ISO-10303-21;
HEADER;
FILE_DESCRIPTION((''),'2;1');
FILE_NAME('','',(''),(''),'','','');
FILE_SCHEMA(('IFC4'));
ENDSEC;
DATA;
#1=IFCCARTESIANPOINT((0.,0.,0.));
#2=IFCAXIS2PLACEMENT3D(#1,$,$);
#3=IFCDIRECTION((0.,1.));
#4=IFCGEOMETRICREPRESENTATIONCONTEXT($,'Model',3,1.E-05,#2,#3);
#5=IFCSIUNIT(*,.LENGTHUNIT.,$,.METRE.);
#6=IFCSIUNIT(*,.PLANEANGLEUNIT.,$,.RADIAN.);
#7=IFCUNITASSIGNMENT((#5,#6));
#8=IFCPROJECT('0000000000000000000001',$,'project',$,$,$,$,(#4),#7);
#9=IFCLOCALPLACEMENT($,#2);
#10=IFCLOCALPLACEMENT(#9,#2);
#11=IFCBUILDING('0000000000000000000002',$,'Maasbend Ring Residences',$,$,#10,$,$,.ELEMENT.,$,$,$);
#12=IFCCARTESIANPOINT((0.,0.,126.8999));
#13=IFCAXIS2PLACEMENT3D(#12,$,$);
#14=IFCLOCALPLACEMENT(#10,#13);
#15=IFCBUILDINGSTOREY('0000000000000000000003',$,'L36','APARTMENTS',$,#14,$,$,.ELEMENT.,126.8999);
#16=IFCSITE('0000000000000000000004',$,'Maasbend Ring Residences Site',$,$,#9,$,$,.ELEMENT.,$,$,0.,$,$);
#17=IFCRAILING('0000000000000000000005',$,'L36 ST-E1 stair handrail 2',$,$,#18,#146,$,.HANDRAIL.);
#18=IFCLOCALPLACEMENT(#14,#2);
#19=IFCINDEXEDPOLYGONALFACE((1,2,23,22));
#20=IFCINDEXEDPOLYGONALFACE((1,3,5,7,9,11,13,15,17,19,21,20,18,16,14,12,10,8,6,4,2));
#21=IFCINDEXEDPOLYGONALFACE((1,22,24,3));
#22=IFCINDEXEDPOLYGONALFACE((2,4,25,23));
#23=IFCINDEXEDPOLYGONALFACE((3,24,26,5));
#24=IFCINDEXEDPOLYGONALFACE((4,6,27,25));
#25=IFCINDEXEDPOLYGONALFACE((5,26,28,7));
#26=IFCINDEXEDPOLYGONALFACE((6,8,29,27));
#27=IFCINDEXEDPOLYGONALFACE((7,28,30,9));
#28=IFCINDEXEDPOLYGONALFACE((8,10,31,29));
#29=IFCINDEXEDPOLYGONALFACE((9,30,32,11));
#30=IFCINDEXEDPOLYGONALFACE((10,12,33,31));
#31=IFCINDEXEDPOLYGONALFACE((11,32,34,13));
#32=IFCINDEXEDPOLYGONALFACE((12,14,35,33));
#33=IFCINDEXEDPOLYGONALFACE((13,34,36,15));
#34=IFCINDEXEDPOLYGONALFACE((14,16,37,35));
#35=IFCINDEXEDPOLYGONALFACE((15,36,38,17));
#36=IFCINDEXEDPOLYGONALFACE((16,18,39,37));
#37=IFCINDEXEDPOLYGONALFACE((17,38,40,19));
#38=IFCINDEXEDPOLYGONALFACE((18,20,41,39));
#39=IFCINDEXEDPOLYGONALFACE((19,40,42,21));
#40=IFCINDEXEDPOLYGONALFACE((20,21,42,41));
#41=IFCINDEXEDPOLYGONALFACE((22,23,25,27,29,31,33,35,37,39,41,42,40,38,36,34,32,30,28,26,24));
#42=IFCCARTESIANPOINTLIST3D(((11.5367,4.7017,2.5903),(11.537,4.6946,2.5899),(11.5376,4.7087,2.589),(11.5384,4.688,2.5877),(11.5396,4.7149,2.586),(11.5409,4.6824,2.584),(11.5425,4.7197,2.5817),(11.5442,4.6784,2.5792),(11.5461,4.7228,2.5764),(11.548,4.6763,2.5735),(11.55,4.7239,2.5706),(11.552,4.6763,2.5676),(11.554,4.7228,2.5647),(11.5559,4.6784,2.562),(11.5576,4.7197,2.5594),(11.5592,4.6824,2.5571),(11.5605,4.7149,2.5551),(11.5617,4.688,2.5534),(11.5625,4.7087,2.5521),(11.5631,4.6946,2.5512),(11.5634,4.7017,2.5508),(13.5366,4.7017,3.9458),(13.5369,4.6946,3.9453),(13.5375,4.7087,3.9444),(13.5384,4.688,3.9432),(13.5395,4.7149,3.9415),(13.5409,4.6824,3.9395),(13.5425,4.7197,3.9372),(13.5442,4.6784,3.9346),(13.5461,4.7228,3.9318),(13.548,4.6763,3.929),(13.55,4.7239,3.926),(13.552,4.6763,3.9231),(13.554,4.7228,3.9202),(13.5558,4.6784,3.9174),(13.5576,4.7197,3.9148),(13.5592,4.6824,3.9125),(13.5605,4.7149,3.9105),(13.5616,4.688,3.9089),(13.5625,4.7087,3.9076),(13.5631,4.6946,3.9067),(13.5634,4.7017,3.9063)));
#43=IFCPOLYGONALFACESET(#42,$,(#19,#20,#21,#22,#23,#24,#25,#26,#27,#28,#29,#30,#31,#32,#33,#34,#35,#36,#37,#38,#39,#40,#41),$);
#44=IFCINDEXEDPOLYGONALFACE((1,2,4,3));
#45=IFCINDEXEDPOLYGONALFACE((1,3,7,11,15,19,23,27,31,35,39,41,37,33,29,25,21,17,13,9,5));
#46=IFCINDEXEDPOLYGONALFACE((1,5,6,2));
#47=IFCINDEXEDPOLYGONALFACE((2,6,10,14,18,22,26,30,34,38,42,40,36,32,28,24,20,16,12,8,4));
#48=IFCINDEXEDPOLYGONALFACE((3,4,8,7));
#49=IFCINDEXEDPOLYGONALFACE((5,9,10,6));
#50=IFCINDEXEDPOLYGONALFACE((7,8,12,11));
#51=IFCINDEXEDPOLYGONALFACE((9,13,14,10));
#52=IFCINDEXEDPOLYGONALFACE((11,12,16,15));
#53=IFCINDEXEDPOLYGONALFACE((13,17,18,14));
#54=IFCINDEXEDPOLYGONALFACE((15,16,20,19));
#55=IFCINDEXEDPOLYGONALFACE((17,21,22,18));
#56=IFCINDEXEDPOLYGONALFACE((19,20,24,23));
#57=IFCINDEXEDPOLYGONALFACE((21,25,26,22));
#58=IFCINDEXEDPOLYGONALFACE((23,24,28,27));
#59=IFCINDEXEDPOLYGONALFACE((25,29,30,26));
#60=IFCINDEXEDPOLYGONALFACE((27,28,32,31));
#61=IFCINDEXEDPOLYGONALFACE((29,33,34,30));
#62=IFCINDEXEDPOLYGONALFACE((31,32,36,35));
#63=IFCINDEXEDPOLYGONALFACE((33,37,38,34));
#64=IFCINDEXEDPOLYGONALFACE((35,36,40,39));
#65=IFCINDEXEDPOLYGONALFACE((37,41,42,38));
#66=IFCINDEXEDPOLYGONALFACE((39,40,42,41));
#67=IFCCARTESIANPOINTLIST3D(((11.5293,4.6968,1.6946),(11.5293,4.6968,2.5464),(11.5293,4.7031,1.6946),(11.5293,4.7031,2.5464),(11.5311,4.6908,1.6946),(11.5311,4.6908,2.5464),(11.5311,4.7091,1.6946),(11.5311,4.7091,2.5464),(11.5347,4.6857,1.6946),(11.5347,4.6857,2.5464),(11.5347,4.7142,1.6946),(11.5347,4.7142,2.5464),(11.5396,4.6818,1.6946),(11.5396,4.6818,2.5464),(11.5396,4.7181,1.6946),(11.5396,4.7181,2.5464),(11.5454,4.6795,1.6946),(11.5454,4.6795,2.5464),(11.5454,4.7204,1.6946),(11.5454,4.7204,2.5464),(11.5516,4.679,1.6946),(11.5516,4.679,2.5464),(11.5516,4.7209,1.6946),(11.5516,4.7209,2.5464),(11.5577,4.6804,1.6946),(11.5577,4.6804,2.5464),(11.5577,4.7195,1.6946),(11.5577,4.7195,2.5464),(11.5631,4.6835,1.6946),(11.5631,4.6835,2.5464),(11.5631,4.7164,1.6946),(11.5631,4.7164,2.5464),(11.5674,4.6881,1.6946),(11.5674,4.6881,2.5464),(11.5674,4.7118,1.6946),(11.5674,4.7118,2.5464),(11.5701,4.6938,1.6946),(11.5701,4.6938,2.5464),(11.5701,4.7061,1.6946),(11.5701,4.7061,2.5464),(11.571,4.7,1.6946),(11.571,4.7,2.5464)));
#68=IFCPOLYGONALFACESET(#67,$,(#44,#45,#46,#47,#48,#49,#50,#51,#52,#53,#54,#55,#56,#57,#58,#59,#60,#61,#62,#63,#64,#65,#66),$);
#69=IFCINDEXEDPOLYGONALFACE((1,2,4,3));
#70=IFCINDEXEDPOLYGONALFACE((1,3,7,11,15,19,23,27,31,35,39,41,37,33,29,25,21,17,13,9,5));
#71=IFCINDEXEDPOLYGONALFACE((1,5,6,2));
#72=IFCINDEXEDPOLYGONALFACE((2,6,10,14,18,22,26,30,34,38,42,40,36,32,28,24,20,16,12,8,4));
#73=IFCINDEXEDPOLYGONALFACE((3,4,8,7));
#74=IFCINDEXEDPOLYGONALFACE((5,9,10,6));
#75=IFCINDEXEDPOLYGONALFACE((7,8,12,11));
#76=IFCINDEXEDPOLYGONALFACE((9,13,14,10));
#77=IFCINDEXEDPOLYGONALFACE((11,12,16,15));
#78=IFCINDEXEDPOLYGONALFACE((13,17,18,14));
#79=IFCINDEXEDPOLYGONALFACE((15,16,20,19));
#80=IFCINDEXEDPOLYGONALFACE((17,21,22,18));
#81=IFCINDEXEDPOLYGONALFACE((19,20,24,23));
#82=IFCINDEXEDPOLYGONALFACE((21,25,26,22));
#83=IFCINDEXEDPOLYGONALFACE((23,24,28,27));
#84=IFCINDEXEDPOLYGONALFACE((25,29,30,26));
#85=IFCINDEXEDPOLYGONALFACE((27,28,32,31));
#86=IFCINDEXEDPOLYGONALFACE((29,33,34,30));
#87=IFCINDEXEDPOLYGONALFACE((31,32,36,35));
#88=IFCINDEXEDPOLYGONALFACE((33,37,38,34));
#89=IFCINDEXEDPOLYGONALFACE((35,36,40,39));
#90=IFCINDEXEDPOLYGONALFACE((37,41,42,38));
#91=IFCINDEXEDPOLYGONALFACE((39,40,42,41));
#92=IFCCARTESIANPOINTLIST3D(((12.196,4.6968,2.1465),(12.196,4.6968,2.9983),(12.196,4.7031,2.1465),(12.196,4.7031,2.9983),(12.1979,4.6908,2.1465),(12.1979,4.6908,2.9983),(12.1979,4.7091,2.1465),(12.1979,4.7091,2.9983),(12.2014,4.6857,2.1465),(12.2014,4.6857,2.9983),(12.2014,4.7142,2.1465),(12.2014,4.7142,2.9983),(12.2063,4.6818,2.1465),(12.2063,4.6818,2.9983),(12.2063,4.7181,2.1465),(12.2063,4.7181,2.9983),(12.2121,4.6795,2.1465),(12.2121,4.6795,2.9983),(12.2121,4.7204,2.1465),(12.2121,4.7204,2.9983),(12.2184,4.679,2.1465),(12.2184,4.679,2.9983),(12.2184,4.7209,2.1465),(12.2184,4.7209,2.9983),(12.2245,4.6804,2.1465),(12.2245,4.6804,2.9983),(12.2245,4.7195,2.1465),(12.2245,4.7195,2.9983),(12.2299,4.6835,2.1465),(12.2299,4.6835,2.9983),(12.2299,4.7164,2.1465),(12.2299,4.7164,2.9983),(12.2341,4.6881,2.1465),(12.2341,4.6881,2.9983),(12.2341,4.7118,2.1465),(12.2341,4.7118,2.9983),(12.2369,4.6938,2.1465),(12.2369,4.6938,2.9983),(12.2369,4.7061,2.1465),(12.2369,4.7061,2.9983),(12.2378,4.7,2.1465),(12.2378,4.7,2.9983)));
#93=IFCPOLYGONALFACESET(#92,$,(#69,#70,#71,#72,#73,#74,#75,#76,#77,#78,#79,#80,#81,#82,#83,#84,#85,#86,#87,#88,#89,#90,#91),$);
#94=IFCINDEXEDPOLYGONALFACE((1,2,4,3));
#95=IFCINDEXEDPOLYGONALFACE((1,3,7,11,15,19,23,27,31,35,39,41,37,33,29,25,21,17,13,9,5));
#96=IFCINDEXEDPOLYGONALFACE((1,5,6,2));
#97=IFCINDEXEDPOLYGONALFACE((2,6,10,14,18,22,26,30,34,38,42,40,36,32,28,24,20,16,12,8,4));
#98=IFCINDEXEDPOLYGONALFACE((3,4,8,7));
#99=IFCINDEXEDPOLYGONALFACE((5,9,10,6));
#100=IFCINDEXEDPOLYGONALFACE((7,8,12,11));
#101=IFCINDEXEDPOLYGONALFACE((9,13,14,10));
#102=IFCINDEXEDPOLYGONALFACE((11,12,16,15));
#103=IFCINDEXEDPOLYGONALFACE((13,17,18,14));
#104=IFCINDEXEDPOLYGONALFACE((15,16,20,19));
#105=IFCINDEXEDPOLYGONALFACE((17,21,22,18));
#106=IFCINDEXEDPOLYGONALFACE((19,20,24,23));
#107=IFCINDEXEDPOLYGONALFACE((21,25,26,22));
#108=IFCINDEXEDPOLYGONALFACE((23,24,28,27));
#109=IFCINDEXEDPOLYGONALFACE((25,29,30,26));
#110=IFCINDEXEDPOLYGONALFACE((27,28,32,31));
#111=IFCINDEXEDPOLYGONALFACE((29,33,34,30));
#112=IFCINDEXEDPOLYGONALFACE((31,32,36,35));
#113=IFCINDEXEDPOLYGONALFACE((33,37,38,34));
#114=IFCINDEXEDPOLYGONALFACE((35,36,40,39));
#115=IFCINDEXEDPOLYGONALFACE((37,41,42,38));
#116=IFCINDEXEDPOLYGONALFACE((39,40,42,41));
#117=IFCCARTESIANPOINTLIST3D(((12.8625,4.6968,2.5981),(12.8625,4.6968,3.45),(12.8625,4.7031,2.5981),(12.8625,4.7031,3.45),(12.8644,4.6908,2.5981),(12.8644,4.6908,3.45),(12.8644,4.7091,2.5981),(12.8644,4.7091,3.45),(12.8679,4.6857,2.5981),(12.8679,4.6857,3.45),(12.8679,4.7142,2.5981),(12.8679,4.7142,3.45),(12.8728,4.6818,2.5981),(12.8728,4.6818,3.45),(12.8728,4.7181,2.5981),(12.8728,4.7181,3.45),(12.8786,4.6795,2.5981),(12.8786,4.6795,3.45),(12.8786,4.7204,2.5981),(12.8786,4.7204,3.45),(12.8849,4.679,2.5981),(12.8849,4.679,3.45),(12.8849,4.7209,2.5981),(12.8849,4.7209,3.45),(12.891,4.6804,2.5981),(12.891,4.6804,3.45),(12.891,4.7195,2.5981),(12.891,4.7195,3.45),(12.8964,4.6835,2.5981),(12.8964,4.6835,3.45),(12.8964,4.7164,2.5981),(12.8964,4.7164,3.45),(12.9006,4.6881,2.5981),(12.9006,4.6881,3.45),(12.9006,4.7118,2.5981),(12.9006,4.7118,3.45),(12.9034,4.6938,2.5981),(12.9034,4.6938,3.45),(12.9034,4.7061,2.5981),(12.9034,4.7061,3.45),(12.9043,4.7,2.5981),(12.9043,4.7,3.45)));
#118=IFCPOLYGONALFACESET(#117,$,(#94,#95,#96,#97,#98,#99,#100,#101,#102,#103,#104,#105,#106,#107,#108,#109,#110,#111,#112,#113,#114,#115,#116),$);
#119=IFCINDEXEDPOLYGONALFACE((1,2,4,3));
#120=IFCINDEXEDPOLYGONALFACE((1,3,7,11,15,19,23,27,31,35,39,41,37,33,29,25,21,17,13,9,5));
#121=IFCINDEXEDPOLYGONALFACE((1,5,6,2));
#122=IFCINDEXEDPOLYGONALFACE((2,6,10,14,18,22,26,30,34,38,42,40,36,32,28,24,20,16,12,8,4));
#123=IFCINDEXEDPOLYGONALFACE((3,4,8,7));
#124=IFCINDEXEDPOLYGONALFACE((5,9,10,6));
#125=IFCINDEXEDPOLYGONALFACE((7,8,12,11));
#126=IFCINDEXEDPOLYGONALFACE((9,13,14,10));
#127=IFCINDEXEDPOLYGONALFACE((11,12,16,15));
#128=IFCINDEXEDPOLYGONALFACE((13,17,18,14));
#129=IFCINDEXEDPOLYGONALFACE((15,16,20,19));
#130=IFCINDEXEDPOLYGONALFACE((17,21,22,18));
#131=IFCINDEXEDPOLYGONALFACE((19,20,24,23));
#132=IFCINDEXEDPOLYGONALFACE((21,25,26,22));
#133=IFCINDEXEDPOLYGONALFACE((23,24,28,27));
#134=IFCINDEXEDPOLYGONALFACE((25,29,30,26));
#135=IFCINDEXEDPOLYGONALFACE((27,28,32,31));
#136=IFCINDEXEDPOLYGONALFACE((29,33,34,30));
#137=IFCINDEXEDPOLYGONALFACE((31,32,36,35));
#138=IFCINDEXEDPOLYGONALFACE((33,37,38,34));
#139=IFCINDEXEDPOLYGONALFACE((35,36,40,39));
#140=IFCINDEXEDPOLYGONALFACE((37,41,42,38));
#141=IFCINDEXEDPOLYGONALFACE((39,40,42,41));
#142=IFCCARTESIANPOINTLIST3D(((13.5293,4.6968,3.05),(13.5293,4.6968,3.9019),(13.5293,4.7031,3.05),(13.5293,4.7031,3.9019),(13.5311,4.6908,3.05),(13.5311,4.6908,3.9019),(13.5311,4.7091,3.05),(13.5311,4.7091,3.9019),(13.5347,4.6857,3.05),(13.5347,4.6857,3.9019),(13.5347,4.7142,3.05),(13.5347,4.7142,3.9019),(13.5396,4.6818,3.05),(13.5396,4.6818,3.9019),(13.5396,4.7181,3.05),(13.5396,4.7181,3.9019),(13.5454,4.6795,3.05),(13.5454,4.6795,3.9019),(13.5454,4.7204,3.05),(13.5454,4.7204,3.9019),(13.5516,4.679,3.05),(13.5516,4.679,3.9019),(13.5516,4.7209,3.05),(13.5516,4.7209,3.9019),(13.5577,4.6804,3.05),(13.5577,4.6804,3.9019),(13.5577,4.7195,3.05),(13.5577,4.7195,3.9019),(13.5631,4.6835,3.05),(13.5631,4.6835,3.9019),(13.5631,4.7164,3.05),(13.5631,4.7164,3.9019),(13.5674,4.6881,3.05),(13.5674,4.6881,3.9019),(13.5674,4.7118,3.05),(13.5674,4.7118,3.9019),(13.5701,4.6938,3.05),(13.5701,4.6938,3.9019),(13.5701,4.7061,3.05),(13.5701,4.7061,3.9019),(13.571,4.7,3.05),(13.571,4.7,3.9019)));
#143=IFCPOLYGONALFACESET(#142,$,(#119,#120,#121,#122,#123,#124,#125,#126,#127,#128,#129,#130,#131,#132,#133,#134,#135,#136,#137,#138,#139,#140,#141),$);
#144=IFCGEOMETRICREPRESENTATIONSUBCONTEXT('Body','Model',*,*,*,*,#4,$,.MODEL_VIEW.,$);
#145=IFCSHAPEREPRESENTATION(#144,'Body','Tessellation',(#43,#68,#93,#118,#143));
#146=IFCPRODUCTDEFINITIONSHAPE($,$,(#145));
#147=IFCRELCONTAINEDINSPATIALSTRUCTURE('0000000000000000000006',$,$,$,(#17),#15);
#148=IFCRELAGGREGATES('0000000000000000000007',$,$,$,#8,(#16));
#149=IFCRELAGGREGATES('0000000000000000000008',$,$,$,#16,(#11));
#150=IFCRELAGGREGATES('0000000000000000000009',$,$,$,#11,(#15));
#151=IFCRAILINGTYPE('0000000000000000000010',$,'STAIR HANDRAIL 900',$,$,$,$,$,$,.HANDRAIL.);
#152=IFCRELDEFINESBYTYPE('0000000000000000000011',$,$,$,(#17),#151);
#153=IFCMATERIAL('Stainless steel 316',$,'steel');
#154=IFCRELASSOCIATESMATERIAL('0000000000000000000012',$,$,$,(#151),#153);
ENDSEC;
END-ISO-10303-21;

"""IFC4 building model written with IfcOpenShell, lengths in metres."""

from ifc_helpers import new_model, si_unit, direction, frame, origin, origin_2d, place, context, subcontext, project, spatial, circle, extrude, material, type_object, element, save


model = new_model("IFC4")

# Units and contexts
model_context = context("Model", 3, precision=1e-05, world=origin(), true_north=direction((0.0, 1.0)))
body_context = subcontext(model_context, "Body", "Model", "MODEL_VIEW")
ifc_project = project(units=[si_unit("LENGTHUNIT", "METRE"), si_unit("PLANEANGLEUNIT", "RADIAN")], contexts=[model_context])

# Site, building, storey
site_placement = place(None, origin())
site = spatial("IfcSite", under=ifc_project, at=site_placement, Name="Maasbend Ring Residences Site", CompositionType="ELEMENT", RefElevation=0.0)
building_placement = place(site_placement, origin())
building = spatial("IfcBuilding", under=site, at=building_placement, Name="Maasbend Ring Residences", CompositionType="ELEMENT")
storey_placement = place(building_placement, frame((0.0, 0.0, 126.8999)))
storey = spatial("IfcBuildingStorey", under=building, at=storey_placement, Name="L36", Description="APARTMENTS", CompositionType="ELEMENT", Elevation=126.8999)

# Railing
ifc_material_1 = material(Name="Stainless steel 316", Category="steel")
railing_type_1 = type_object("IfcRailingType", Name="STAIR HANDRAIL 900", PredefinedType="HANDRAIL", material=ifc_material_1)
railing_1_placement = place(storey_placement, frame((11.55, 4.7, 1.6946)))
element("IfcRailing", 1, at=railing_1_placement, inside=storey, type_object=railing_type_1, Name="L36 ST-E1 stair handrail 2", PredefinedType="HANDRAIL", context=body_context, shape_type="SweptSolid", body=[
    extrude(circle(Radius=0.0239, at=origin_2d()), frame((0.0, 0.0, 0.876), z_axis=(0.827798, 0.0, 0.561027), x_axis=(0.0, 1.0, 0.0)), (0.0, 0.0, 1.0), 2.416),
    extrude(circle(Radius=0.021, at=origin_2d()), origin(), (0.0, 0.0, 1.0), 0.8518),
    extrude(circle(Radius=0.021, at=origin_2d()), frame((0.6667, 0.0, 0.4519)), (0.0, 0.0, 1.0), 0.8518),
    extrude(circle(Radius=0.021, at=origin_2d()), frame((1.3333, 0.0, 0.9036)), (0.0, 0.0, 1.0), 0.8518),
    extrude(circle(Radius=0.021, at=origin_2d()), frame((2.0, 0.0, 1.3555)), (0.0, 0.0, 1.0), 0.8518),
])

save(model, "model.ifc")
